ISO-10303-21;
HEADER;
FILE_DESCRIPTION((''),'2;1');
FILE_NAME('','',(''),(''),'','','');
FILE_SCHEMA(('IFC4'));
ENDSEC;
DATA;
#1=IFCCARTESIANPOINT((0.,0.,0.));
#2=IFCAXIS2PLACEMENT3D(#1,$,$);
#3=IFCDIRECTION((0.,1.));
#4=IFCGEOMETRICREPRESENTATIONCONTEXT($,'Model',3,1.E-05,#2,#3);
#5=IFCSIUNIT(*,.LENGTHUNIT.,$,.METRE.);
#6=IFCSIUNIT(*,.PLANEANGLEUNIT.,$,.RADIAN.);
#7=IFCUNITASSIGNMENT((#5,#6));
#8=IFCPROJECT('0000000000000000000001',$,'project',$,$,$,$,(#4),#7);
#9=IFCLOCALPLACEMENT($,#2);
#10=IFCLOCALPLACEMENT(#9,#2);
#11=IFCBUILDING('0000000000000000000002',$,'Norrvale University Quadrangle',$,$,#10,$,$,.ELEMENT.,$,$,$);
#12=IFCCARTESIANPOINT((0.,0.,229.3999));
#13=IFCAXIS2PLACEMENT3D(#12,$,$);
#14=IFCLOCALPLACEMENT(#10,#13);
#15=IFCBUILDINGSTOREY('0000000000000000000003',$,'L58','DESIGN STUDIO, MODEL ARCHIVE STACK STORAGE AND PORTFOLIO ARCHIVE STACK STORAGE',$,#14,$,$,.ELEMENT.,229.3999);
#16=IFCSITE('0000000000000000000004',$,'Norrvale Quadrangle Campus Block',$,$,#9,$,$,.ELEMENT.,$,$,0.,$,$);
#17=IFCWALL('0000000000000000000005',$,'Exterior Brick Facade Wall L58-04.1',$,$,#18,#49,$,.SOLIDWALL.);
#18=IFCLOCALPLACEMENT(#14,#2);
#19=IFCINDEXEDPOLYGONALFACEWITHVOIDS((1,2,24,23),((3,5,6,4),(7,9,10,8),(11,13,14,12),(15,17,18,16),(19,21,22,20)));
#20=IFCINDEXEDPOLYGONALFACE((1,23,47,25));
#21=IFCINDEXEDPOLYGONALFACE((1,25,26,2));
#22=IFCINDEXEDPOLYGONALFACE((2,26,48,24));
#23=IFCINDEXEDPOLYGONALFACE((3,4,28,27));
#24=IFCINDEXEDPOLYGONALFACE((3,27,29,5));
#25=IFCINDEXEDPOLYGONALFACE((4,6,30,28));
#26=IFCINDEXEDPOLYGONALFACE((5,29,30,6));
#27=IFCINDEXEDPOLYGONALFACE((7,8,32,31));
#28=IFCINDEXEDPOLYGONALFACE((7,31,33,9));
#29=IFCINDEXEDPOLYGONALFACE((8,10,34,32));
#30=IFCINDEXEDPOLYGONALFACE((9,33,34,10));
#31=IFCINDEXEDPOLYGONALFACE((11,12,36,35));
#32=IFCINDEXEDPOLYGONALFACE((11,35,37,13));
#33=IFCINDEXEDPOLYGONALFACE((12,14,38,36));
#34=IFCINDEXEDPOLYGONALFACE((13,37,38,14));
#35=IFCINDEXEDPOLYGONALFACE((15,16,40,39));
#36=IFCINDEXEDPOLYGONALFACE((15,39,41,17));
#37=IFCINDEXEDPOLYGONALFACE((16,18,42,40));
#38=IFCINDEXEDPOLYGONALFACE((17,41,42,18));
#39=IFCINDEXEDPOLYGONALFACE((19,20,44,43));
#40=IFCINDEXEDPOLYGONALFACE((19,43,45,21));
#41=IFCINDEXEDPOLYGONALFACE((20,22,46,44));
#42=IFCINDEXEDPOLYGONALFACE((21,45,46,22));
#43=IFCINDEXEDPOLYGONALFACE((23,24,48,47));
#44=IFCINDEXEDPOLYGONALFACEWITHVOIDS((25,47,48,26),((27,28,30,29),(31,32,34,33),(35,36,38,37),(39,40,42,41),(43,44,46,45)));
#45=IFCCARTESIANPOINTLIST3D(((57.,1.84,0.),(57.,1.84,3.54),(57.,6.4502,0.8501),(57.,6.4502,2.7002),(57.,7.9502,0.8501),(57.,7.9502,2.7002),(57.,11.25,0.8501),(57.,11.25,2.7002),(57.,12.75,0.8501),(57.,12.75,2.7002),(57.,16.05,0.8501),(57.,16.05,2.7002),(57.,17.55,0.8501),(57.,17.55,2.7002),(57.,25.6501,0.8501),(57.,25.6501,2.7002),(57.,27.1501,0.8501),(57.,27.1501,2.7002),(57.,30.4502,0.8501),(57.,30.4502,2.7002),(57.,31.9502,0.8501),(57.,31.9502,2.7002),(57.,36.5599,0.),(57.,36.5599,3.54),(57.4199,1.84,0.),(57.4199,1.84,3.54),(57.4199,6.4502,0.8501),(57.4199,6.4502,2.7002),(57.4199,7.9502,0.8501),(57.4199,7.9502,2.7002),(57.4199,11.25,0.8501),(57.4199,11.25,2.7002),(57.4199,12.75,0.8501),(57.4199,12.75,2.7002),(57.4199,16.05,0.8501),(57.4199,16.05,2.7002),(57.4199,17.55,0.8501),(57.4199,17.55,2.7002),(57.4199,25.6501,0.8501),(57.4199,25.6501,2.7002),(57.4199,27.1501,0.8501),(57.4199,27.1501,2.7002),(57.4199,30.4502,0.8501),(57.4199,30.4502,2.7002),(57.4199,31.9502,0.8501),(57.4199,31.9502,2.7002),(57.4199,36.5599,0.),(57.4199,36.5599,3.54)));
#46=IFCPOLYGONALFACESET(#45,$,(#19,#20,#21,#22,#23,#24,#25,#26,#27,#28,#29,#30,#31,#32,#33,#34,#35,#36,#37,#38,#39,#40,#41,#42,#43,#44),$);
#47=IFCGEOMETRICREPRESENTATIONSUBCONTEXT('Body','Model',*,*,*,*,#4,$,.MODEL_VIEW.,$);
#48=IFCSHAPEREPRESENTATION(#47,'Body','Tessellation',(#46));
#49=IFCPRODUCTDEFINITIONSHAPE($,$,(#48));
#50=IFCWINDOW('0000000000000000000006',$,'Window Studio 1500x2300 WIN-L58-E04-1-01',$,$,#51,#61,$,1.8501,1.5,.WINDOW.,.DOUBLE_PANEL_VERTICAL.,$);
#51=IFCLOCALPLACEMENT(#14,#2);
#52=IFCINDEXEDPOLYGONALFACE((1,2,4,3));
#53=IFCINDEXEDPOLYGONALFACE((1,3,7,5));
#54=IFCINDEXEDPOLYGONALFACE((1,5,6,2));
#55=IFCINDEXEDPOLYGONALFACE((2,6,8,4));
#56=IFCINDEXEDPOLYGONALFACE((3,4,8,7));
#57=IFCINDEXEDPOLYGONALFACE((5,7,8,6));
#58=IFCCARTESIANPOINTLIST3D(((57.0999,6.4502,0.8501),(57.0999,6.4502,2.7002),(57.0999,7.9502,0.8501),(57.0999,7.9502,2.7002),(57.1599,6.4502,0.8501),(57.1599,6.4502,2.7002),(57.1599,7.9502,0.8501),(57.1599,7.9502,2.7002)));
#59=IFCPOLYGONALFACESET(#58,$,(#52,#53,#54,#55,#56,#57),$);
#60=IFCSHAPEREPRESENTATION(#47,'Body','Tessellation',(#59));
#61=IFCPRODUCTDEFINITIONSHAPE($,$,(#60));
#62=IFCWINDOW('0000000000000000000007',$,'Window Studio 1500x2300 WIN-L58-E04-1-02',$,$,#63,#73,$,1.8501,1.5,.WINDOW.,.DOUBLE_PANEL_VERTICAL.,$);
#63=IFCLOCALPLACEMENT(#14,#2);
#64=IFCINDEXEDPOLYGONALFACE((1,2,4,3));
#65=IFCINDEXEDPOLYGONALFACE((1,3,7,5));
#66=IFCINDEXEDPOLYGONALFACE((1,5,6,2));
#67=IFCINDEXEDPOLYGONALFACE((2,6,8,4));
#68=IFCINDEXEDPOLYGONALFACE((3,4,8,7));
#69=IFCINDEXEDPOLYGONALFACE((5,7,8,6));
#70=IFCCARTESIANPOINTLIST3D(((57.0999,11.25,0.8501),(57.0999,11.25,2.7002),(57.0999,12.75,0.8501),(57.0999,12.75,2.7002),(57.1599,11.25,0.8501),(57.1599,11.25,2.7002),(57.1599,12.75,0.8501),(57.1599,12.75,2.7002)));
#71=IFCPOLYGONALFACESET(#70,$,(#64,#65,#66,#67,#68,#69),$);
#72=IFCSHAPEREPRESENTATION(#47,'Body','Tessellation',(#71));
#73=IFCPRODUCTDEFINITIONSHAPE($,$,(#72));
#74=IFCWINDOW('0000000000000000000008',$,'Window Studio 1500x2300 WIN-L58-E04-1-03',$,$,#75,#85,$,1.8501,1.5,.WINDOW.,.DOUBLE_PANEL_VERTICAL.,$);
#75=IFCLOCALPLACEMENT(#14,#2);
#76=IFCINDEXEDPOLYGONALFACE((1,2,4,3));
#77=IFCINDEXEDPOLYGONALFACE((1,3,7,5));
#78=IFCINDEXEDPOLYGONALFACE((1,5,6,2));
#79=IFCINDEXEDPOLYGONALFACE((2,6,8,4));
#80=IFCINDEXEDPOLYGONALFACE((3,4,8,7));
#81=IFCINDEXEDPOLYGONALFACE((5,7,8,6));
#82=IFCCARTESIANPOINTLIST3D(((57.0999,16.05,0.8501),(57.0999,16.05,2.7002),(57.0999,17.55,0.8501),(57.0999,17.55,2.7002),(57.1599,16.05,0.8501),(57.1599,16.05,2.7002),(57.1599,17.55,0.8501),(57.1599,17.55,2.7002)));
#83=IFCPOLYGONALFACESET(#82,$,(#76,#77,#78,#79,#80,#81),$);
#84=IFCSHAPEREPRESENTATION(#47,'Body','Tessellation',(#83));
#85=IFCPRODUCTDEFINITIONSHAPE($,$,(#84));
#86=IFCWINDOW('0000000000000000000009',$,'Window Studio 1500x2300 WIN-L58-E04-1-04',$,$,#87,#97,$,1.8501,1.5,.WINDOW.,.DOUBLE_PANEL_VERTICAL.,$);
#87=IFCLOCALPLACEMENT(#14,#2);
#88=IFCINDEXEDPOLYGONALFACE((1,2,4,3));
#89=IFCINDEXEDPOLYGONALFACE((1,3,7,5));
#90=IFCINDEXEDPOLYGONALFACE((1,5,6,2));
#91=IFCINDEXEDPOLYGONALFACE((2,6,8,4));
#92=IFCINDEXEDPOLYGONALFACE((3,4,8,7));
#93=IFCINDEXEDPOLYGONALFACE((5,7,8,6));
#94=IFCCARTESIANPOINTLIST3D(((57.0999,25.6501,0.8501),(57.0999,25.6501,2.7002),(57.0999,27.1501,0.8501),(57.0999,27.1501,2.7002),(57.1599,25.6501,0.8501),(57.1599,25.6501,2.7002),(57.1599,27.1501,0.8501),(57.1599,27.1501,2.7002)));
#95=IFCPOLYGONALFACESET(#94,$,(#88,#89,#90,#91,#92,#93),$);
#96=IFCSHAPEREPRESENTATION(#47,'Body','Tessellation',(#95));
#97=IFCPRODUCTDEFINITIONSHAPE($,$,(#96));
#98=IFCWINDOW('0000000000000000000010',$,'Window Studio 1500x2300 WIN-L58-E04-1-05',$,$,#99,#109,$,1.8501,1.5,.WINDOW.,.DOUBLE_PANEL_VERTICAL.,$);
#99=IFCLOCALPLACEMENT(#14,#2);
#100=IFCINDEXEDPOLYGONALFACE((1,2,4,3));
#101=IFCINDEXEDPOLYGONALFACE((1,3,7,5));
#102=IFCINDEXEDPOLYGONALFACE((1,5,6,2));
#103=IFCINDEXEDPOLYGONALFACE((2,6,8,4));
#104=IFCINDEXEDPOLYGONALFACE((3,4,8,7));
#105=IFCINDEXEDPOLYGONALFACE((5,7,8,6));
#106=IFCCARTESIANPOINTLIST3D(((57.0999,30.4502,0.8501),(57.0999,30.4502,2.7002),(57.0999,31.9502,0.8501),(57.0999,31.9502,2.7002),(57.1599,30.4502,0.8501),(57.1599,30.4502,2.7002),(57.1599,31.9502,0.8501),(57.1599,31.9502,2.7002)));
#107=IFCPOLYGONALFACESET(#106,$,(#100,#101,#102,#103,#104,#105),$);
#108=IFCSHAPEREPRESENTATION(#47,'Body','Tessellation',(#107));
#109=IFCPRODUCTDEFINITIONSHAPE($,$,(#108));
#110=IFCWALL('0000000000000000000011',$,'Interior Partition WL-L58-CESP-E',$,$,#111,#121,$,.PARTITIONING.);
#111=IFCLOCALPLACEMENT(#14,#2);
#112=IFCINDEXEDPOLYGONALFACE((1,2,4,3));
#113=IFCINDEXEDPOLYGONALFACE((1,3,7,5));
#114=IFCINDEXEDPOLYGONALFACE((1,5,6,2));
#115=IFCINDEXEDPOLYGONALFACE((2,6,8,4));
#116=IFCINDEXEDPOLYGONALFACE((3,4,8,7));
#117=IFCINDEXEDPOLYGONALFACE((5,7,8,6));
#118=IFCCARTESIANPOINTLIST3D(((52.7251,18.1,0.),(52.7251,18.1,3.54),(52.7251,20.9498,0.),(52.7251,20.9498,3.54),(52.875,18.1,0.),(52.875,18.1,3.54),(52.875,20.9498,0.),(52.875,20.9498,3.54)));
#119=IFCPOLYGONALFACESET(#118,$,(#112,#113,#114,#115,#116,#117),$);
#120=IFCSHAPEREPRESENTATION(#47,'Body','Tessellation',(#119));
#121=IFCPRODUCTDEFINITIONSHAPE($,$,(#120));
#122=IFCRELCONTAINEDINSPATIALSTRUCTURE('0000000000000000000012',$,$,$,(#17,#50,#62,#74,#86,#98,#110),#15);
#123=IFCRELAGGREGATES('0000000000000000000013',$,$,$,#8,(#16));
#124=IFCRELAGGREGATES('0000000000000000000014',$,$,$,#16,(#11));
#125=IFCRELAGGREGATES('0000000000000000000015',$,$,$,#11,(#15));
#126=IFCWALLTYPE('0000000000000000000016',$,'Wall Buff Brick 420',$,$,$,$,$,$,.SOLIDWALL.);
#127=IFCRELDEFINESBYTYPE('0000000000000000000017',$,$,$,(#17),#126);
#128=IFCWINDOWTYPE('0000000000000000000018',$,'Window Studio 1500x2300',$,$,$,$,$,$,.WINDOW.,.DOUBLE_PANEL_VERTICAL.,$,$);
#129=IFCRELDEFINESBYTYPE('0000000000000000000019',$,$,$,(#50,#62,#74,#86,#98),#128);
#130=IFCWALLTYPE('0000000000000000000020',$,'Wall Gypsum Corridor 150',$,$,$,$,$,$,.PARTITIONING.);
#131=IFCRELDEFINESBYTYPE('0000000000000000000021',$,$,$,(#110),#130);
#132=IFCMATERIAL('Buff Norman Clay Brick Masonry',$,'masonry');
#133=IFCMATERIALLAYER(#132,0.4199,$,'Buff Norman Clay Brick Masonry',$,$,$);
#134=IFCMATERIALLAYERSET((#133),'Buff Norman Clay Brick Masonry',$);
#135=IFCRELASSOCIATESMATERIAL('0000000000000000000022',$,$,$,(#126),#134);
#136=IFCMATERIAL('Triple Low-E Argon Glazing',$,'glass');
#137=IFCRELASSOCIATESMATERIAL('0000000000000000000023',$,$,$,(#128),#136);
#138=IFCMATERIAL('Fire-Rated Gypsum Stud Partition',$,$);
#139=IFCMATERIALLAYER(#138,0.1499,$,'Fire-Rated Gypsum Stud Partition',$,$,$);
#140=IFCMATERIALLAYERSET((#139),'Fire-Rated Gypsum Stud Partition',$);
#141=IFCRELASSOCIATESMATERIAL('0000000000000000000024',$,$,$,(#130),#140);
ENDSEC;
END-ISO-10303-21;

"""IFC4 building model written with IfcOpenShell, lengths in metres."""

from ifc_helpers import new_model, si_unit, direction, frame, frame_2d, origin, place, context, subcontext, project, spatial, rectangle, extrude, material, layer, layer_set, type_object, element, fill, save


model = new_model("IFC4")

# Units and contexts
model_context = context("Model", 3, precision=1e-05, world=origin(), true_north=direction((0.0, 1.0)))
body_context = subcontext(model_context, "Body", "Model", "MODEL_VIEW")
ifc_project = project(units=[si_unit("LENGTHUNIT", "METRE"), si_unit("PLANEANGLEUNIT", "RADIAN")], contexts=[model_context])

# Site, building, storey
site_placement = place(None, origin())
site = spatial("IfcSite", under=ifc_project, at=site_placement, Name="Norrvale Quadrangle Campus Block", CompositionType="ELEMENT", RefElevation=0.0)
building_placement = place(site_placement, origin())
building = spatial("IfcBuilding", under=site, at=building_placement, Name="Norrvale University Quadrangle", CompositionType="ELEMENT")
storey_placement = place(building_placement, frame((0.0, 0.0, 229.3999)))
storey = spatial("IfcBuildingStorey", under=building, at=storey_placement, Name="L58", Description="DESIGN STUDIO, MODEL ARCHIVE STACK STORAGE AND PORTFOLIO ARCHIVE STACK STORAGE", CompositionType="ELEMENT", Elevation=229.3999)

# Shared definitions
ifc_material_1 = material(Name="Buff Norman Clay Brick Masonry", Category="masonry")
ifc_layer_1 = layer(ifc_material_1, 0.4199, Name="Buff Norman Clay Brick Masonry")
ifc_layer_set_1 = layer_set([ifc_layer_1], Name="Buff Norman Clay Brick Masonry")
wall_type_1 = type_object("IfcWallType", Name="Wall Buff Brick 420", PredefinedType="SOLIDWALL", material=ifc_layer_set_1)

# Wall, openings, windows
wall_1_placement = place(storey_placement, frame((57.21, 1.8401, 0.0), z_axis=(0.0, 0.0, 1.0), x_axis=(0.0, 1.0, 0.0)))
wall_1 = element("IfcWall", 1, at=wall_1_placement, inside=storey, type_object=wall_type_1, Name="Exterior Brick Facade Wall L58-04.1", PredefinedType="SOLIDWALL", context=body_context, shape_type="SweptSolid", body=[
    extrude(rectangle(XDim=34.72, YDim=0.4199, at=frame_2d((17.3599, 0.0))), origin(), (0.0, 0.0, 1.0), 3.54),
])
opening_1_placement = place(wall_1_placement, frame((4.6101, 0.0, 0.8501)))
opening_1 = element("IfcOpeningElement", 2, at=opening_1_placement, cuts=wall_1, PredefinedType="OPENING", context=body_context, shape_type="SweptSolid", body=[
    extrude(rectangle(XDim=1.5, YDim=1.8501, at=frame_2d((0.75, 0.925))), frame((0.0, 0.2219, 0.0), z_axis=(0.0, -1.0, 0.0), x_axis=(1.0, 0.0, 0.0)), (0.0, 0.0, 1.0), 0.4438),
])
opening_2_placement = place(wall_1_placement, frame((9.4099, 0.0, 0.8501)))
opening_2 = element("IfcOpeningElement", 3, at=opening_2_placement, cuts=wall_1, PredefinedType="OPENING", context=body_context, shape_type="SweptSolid", body=[
    extrude(rectangle(XDim=1.5, YDim=1.8501, at=frame_2d((0.75, 0.925))), frame((0.0, 0.2219, 0.0), z_axis=(0.0, -1.0, 0.0), x_axis=(1.0, 0.0, 0.0)), (0.0, 0.0, 1.0), 0.4438),
])
opening_3_placement = place(wall_1_placement, frame((14.21, 0.0, 0.8501)))
opening_3 = element("IfcOpeningElement", 4, at=opening_3_placement, cuts=wall_1, PredefinedType="OPENING", context=body_context, shape_type="SweptSolid", body=[
    extrude(rectangle(XDim=1.5, YDim=1.8501, at=frame_2d((0.75, 0.925))), frame((0.0, 0.2219, 0.0), z_axis=(0.0, -1.0, 0.0), x_axis=(1.0, 0.0, 0.0)), (0.0, 0.0, 1.0), 0.4438),
])
opening_4_placement = place(wall_1_placement, frame((23.8101, 0.0, 0.8501)))
opening_4 = element("IfcOpeningElement", 5, at=opening_4_placement, cuts=wall_1, PredefinedType="OPENING", context=body_context, shape_type="SweptSolid", body=[
    extrude(rectangle(XDim=1.5, YDim=1.8501, at=frame_2d((0.75, 0.925))), frame((0.0, 0.2219, 0.0), z_axis=(0.0, -1.0, 0.0), x_axis=(1.0, 0.0, 0.0)), (0.0, 0.0, 1.0), 0.4438),
])
opening_5_placement = place(wall_1_placement, frame((28.6101, 0.0, 0.8501)))
opening_5 = element("IfcOpeningElement", 6, at=opening_5_placement, cuts=wall_1, PredefinedType="OPENING", context=body_context, shape_type="SweptSolid", body=[
    extrude(rectangle(XDim=1.5, YDim=1.8501, at=frame_2d((0.75, 0.925))), frame((0.0, 0.2219, 0.0), z_axis=(0.0, -1.0, 0.0), x_axis=(1.0, 0.0, 0.0)), (0.0, 0.0, 1.0), 0.4438),
])
ifc_material_2 = material(Name="Triple Low-E Argon Glazing", Category="glass")
window_type = type_object("IfcWindowType", Name="Window Studio 1500x2300", PartitioningType="DOUBLE_PANEL_VERTICAL", PredefinedType="WINDOW", material=ifc_material_2)
window_1_placement = place(opening_1_placement, origin())
window_1 = element("IfcWindow", 7, at=window_1_placement, inside=storey, type_object=window_type, Name="Window Studio 1500x2300 WIN-L58-E04-1-01", OverallHeight=1.8501, OverallWidth=1.5, PartitioningType="DOUBLE_PANEL_VERTICAL", PredefinedType="WINDOW", context=body_context, shape_type="SweptSolid", body=[
    extrude(rectangle(XDim=1.5, YDim=1.8501, at=frame_2d((0.75, 0.925))), frame((0.0, 0.1101, 0.0), z_axis=(0.0, -1.0, 0.0), x_axis=(1.0, 0.0, 0.0)), (0.0, 0.0, 1.0), 0.0601),
])
fill(opening_1, window_1)
window_2_placement = place(opening_2_placement, origin())
window_2 = element("IfcWindow", 8, at=window_2_placement, inside=storey, type_object=window_type, Name="Window Studio 1500x2300 WIN-L58-E04-1-02", OverallHeight=1.8501, OverallWidth=1.5, PartitioningType="DOUBLE_PANEL_VERTICAL", PredefinedType="WINDOW", context=body_context, shape_type="SweptSolid", body=[
    extrude(rectangle(XDim=1.5, YDim=1.8501, at=frame_2d((0.75, 0.925))), frame((0.0, 0.1101, 0.0), z_axis=(0.0, -1.0, 0.0), x_axis=(1.0, 0.0, 0.0)), (0.0, 0.0, 1.0), 0.0601),
])
fill(opening_2, window_2)
window_3_placement = place(opening_3_placement, origin())
window_3 = element("IfcWindow", 9, at=window_3_placement, inside=storey, type_object=window_type, Name="Window Studio 1500x2300 WIN-L58-E04-1-03", OverallHeight=1.8501, OverallWidth=1.5, PartitioningType="DOUBLE_PANEL_VERTICAL", PredefinedType="WINDOW", context=body_context, shape_type="SweptSolid", body=[
    extrude(rectangle(XDim=1.5, YDim=1.8501, at=frame_2d((0.75, 0.925))), frame((0.0, 0.1101, 0.0), z_axis=(0.0, -1.0, 0.0), x_axis=(1.0, 0.0, 0.0)), (0.0, 0.0, 1.0), 0.0601),
])
fill(opening_3, window_3)
window_4_placement = place(opening_4_placement, origin())
window_4 = element("IfcWindow", 10, at=window_4_placement, inside=storey, type_object=window_type, Name="Window Studio 1500x2300 WIN-L58-E04-1-04", OverallHeight=1.8501, OverallWidth=1.5, PartitioningType="DOUBLE_PANEL_VERTICAL", PredefinedType="WINDOW", context=body_context, shape_type="SweptSolid", body=[
    extrude(rectangle(XDim=1.5, YDim=1.8501, at=frame_2d((0.75, 0.925))), frame((0.0, 0.1101, 0.0), z_axis=(0.0, -1.0, 0.0), x_axis=(1.0, 0.0, 0.0)), (0.0, 0.0, 1.0), 0.0601),
])
fill(opening_4, window_4)
window_5_placement = place(opening_5_placement, origin())
window_5 = element("IfcWindow", 11, at=window_5_placement, inside=storey, type_object=window_type, Name="Window Studio 1500x2300 WIN-L58-E04-1-05", OverallHeight=1.8501, OverallWidth=1.5, PartitioningType="DOUBLE_PANEL_VERTICAL", PredefinedType="WINDOW", context=body_context, shape_type="SweptSolid", body=[
    extrude(rectangle(XDim=1.5, YDim=1.8501, at=frame_2d((0.75, 0.925))), frame((0.0, 0.1101, 0.0), z_axis=(0.0, -1.0, 0.0), x_axis=(1.0, 0.0, 0.0)), (0.0, 0.0, 1.0), 0.0601),
])
fill(opening_5, window_5)

# Wall
ifc_material_3 = material(Name="Fire-Rated Gypsum Stud Partition")
ifc_layer_2 = layer(ifc_material_3, 0.1499, Name="Fire-Rated Gypsum Stud Partition")
ifc_layer_set_2 = layer_set([ifc_layer_2], Name="Fire-Rated Gypsum Stud Partition")
wall_type_2 = type_object("IfcWallType", Name="Wall Gypsum Corridor 150", PredefinedType="PARTITIONING", material=ifc_layer_set_2)
wall_2_placement = place(storey_placement, frame((52.8, 18.1001, 0.0), z_axis=(0.0, 0.0, 1.0), x_axis=(0.0, 1.0, 0.0)))
element("IfcWall", 12, at=wall_2_placement, inside=storey, type_object=wall_type_2, Name="Interior Partition WL-L58-CESP-E", PredefinedType="PARTITIONING", context=body_context, shape_type="SweptSolid", body=[
    extrude(rectangle(XDim=2.8499, YDim=0.1499, at=frame_2d((1.4248, 0.0))), origin(), (0.0, 0.0, 1.0), 3.54),
])

save(model, "model.ifc")
